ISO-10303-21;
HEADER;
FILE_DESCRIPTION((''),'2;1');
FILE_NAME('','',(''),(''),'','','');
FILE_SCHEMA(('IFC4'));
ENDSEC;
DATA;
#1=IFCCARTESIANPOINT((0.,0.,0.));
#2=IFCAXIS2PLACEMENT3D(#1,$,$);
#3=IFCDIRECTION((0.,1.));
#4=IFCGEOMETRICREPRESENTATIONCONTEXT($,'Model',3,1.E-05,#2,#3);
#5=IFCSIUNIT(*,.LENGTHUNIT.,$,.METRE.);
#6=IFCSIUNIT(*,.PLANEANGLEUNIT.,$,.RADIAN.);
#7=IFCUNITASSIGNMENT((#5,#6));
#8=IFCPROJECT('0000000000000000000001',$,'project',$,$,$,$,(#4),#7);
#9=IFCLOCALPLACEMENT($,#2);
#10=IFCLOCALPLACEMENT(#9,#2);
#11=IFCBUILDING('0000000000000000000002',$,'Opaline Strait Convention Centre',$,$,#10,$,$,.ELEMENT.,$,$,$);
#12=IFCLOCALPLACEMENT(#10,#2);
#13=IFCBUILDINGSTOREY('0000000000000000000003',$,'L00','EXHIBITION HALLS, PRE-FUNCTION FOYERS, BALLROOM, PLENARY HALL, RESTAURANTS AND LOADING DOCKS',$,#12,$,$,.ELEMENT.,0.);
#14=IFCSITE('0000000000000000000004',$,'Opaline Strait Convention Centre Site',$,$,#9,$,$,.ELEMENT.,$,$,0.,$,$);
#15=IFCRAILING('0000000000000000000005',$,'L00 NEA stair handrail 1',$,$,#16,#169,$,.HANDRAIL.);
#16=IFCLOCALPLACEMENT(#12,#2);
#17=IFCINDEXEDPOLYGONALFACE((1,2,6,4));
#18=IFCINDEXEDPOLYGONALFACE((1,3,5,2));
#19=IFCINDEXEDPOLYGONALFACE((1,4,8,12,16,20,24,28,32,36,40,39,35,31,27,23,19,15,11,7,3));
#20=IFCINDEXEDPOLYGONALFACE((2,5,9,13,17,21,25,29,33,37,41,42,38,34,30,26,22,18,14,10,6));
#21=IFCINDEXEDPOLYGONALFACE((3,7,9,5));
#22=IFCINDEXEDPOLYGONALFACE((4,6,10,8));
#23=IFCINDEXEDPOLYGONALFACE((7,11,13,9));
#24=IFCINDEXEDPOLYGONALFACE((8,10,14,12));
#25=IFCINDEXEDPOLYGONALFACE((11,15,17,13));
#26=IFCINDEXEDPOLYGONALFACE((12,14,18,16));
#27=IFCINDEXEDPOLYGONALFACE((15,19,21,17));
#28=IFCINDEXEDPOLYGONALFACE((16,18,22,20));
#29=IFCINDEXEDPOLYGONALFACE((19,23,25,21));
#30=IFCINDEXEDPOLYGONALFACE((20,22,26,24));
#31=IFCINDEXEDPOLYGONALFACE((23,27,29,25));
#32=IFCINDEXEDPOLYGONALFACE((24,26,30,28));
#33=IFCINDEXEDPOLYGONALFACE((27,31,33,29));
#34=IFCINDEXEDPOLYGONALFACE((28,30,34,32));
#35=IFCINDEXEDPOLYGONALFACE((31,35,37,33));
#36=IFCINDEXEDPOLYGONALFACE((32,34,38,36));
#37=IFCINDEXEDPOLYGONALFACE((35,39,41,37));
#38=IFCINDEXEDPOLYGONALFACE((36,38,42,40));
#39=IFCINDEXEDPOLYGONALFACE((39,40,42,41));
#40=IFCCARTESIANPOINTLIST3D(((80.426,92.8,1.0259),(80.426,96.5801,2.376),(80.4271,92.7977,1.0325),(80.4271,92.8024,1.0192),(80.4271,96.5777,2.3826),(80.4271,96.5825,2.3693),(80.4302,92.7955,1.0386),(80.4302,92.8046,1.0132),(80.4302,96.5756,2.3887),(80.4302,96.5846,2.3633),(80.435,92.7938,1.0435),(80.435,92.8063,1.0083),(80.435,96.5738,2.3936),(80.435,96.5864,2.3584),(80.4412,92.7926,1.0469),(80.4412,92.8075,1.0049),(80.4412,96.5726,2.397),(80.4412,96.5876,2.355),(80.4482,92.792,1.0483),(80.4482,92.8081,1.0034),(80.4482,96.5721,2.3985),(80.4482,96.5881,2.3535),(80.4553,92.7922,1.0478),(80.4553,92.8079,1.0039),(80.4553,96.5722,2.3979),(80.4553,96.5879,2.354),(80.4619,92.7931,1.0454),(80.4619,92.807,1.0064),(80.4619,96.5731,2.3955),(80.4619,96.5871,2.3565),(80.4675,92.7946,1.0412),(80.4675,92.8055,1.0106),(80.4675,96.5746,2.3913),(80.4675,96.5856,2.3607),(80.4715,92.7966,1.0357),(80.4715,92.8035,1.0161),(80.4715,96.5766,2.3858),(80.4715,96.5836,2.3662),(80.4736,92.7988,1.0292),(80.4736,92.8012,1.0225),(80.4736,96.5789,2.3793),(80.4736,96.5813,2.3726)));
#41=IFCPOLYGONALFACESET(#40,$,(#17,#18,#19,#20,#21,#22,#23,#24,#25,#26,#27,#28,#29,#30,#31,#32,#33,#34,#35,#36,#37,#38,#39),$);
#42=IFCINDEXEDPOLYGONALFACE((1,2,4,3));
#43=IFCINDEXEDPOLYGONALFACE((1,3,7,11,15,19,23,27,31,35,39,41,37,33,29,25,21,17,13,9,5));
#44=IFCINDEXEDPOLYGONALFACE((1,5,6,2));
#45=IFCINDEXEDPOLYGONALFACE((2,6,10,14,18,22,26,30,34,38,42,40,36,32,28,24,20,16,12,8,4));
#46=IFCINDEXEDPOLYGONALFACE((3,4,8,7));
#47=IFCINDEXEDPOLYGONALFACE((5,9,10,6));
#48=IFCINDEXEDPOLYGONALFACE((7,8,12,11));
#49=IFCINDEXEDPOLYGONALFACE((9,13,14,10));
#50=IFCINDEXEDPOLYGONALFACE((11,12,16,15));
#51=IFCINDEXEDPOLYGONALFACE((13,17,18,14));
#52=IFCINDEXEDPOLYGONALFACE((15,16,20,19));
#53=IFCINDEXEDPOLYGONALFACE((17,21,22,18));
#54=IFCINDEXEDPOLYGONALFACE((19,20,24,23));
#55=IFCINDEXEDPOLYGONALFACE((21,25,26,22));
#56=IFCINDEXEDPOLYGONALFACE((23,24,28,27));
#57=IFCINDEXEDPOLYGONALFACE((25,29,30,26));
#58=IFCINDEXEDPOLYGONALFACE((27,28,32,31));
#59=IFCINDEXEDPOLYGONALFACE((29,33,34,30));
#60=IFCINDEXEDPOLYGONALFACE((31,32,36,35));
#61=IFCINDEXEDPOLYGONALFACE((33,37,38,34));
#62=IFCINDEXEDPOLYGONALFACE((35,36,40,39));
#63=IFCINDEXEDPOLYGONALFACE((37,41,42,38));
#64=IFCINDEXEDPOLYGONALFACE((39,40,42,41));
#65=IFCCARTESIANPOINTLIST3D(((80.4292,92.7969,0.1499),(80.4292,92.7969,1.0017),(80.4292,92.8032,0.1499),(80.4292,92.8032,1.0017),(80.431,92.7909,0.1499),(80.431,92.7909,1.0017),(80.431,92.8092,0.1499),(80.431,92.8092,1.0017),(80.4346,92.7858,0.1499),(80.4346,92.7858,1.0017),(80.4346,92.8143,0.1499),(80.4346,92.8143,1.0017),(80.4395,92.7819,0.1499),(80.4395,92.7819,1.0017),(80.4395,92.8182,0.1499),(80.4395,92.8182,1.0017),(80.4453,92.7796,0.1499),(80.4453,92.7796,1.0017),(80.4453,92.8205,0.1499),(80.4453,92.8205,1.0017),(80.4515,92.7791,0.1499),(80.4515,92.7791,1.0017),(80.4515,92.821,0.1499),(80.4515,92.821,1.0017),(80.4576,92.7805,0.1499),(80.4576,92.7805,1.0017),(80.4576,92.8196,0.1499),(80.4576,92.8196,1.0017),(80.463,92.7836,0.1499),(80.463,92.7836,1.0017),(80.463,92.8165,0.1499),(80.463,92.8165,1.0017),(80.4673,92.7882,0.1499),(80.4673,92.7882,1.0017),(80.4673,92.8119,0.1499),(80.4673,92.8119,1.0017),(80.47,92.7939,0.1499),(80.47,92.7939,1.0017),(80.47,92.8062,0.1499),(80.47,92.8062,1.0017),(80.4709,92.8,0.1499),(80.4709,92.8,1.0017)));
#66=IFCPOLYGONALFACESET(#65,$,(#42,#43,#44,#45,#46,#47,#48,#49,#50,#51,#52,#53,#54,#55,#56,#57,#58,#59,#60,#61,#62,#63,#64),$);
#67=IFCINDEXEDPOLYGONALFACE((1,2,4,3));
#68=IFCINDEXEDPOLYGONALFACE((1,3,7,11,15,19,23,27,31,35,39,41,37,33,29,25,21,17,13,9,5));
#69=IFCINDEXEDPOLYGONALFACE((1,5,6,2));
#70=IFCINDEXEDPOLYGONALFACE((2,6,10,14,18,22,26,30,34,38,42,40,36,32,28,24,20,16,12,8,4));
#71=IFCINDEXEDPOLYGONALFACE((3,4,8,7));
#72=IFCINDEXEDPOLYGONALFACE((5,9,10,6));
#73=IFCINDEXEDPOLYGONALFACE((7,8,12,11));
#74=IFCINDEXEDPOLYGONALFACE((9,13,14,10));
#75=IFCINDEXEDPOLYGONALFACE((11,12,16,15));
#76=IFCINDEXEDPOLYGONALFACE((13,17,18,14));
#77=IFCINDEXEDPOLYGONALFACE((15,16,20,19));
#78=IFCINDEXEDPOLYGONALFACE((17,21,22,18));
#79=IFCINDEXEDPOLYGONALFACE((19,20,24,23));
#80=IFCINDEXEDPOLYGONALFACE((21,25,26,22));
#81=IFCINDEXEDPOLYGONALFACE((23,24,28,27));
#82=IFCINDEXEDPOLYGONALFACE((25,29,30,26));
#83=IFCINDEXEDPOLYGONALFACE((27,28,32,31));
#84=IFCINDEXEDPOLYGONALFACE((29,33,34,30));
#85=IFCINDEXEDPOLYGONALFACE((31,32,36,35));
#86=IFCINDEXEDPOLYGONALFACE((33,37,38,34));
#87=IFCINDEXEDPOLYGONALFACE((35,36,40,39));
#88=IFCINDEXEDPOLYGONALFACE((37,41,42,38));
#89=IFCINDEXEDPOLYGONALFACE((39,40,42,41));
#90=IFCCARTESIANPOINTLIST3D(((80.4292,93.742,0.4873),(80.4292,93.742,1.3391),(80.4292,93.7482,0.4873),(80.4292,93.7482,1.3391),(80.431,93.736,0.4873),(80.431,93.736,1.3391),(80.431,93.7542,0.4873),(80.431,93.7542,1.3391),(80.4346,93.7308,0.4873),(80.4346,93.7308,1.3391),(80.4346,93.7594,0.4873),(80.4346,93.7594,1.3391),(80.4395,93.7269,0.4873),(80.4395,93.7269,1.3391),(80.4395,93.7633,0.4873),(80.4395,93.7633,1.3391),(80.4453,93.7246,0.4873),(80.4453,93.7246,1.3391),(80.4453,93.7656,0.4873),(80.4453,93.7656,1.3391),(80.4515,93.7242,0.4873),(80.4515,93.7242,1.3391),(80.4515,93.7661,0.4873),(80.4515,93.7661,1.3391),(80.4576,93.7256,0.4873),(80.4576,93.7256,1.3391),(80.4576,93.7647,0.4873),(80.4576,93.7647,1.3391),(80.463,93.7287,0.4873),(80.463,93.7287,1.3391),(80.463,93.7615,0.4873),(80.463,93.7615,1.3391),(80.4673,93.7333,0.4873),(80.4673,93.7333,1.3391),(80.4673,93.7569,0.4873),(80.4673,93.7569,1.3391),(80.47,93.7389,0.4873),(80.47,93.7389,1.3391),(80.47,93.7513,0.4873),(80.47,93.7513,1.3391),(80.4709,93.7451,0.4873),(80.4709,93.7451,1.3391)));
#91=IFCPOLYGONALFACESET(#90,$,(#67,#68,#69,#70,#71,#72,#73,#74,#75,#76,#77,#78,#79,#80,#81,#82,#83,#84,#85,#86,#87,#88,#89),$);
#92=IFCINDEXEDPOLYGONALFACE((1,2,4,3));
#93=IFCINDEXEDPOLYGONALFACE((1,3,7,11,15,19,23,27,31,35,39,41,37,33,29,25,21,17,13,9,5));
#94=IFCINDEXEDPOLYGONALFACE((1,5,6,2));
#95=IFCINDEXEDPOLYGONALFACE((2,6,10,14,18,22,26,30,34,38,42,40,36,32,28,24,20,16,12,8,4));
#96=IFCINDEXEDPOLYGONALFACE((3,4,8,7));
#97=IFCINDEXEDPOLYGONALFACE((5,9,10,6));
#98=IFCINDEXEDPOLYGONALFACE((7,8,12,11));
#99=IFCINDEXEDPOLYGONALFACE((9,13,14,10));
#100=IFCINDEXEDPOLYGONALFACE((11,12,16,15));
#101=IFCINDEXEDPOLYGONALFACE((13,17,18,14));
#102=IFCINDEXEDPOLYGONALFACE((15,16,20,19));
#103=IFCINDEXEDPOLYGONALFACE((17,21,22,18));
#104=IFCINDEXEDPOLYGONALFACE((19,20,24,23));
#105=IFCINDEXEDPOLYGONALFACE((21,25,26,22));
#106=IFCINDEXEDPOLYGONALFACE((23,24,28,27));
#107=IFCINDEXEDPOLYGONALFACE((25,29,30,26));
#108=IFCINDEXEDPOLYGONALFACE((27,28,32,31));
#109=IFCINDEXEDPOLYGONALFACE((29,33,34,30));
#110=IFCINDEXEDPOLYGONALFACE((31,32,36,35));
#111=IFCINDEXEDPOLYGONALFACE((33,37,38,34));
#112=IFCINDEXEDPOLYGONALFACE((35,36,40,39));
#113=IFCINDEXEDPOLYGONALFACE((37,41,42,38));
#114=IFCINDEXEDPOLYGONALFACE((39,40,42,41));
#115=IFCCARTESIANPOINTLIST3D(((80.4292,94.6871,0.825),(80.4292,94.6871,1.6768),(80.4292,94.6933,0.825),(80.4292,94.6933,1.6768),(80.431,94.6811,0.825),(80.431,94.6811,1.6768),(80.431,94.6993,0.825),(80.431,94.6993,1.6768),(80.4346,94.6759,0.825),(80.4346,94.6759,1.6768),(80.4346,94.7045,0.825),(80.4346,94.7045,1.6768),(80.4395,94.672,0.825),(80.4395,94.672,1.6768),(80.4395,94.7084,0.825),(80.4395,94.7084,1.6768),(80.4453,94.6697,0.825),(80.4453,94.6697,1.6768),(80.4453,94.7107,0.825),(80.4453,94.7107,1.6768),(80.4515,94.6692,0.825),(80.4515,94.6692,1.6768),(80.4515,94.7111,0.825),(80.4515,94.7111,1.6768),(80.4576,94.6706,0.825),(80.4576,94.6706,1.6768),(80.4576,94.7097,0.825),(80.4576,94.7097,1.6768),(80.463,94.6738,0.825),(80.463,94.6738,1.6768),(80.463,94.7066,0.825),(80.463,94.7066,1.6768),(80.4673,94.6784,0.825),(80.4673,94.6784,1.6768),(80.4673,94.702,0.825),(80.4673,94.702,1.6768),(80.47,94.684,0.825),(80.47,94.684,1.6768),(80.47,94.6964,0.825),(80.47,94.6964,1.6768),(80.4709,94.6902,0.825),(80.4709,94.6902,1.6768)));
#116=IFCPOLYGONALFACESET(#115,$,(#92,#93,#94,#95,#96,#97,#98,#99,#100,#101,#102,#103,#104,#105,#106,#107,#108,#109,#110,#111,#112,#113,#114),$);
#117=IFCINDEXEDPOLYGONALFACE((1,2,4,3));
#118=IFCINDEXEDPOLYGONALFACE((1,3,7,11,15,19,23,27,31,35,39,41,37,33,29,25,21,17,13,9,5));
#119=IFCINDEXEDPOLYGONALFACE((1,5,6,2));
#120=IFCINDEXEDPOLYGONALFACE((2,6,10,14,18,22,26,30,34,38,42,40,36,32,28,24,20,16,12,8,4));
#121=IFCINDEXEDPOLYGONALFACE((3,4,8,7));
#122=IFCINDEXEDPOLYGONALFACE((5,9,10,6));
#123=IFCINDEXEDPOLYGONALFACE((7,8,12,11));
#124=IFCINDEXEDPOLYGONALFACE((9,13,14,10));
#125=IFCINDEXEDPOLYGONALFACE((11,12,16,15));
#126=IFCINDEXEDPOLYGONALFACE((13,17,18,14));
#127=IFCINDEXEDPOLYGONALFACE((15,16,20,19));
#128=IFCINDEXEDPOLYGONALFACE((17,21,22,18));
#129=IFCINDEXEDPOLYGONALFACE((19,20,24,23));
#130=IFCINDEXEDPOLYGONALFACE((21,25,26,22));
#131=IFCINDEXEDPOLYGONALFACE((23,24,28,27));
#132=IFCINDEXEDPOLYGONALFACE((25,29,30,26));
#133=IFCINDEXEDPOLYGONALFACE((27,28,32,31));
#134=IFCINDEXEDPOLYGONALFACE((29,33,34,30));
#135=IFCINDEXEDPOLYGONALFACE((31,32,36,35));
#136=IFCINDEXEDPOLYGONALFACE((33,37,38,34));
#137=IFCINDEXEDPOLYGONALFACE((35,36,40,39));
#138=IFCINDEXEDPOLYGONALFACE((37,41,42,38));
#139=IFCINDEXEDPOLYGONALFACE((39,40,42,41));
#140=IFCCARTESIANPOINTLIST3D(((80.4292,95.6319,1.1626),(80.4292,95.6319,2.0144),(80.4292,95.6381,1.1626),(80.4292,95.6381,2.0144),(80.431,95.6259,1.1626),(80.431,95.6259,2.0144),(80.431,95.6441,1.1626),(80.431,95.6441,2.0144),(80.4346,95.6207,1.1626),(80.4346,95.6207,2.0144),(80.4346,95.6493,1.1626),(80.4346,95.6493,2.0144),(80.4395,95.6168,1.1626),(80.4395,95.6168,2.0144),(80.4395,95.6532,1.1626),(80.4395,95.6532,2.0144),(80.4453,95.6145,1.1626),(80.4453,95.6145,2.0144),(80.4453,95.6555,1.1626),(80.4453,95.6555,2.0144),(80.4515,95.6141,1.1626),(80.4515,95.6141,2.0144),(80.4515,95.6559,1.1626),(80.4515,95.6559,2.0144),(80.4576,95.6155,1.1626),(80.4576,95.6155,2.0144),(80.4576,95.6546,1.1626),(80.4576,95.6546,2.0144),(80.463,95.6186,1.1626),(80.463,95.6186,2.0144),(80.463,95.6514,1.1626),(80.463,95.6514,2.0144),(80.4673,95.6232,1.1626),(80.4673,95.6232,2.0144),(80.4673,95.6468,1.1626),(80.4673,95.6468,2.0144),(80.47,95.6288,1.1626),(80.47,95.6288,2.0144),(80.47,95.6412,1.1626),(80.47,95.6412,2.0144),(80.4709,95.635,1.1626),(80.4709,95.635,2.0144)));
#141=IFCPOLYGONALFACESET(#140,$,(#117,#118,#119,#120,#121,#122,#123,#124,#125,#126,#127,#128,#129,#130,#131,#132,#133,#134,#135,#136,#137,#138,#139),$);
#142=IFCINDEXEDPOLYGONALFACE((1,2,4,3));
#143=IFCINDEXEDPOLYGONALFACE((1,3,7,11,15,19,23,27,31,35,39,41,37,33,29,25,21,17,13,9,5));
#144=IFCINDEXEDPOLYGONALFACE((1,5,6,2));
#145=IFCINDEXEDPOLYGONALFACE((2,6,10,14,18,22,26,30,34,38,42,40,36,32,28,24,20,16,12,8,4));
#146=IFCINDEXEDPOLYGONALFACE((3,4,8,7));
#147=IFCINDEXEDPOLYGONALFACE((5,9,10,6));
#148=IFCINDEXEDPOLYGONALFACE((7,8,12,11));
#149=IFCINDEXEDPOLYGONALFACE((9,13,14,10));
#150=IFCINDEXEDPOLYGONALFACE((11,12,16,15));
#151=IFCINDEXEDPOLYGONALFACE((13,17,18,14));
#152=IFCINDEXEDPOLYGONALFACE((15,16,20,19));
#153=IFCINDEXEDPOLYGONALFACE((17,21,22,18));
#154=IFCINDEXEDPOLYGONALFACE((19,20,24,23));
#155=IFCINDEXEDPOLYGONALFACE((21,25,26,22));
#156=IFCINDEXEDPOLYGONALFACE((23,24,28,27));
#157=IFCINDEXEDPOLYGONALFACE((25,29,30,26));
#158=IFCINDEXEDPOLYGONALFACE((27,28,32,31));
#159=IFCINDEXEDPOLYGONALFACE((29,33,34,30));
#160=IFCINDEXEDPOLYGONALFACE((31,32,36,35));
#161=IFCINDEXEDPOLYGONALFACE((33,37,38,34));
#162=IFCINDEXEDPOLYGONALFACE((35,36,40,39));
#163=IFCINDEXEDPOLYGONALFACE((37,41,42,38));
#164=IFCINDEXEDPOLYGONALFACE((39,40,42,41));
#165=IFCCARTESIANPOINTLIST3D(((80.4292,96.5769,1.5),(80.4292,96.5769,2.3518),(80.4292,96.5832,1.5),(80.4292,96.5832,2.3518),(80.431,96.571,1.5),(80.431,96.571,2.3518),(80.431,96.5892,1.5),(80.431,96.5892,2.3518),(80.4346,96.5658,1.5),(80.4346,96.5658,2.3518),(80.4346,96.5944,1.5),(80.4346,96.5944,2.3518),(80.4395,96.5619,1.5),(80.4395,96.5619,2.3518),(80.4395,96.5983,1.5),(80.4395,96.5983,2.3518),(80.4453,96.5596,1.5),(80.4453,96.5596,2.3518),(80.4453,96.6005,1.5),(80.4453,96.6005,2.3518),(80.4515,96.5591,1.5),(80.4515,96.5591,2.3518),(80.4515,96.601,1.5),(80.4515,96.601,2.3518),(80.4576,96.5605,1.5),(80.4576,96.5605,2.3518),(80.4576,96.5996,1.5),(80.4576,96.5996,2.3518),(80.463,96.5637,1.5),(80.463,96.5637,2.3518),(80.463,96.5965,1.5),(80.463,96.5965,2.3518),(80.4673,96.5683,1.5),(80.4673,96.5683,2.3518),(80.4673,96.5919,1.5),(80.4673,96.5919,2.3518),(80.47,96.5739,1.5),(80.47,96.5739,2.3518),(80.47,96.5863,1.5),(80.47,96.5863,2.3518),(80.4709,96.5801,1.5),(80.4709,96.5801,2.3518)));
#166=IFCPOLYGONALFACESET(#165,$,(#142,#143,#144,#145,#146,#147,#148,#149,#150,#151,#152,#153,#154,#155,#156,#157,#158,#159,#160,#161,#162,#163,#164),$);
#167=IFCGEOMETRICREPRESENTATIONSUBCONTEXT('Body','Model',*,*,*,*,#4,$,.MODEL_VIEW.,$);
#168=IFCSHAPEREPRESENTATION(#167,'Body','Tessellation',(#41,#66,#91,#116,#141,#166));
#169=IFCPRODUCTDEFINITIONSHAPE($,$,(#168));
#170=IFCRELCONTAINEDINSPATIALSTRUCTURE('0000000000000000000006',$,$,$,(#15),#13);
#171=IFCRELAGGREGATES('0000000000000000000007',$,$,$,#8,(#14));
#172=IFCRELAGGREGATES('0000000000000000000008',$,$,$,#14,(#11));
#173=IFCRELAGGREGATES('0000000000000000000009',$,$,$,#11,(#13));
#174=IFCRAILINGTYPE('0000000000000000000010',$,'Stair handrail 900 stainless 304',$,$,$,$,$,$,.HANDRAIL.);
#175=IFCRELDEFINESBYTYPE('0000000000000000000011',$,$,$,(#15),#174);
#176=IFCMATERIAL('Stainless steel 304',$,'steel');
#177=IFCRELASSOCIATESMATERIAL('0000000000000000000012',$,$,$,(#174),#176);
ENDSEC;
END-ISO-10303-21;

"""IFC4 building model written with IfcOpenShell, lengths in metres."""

from ifc_helpers import new_model, si_unit, direction, frame, origin, origin_2d, place, context, subcontext, project, spatial, circle, extrude, material, type_object, element, save


model = new_model("IFC4")

# Units and contexts
model_context = context("Model", 3, precision=1e-05, world=origin(), true_north=direction((0.0, 1.0)))
body_context = subcontext(model_context, "Body", "Model", "MODEL_VIEW")
ifc_project = project(units=[si_unit("LENGTHUNIT", "METRE"), si_unit("PLANEANGLEUNIT", "RADIAN")], contexts=[model_context])

# Site, building, storey
site_placement = place(None, origin())
site = spatial("IfcSite", under=ifc_project, at=site_placement, Name="Opaline Strait Convention Centre Site", CompositionType="ELEMENT", RefElevation=0.0)
building_placement = place(site_placement, origin())
building = spatial("IfcBuilding", under=site, at=building_placement, Name="Opaline Strait Convention Centre", CompositionType="ELEMENT")
storey_placement = place(building_placement, origin())
storey = spatial("IfcBuildingStorey", under=building, at=storey_placement, Name="L00", Description="EXHIBITION HALLS, PRE-FUNCTION FOYERS, BALLROOM, PLENARY HALL, RESTAURANTS AND LOADING DOCKS", CompositionType="ELEMENT", Elevation=0.0)

# Railing
ifc_material_1 = material(Name="Stainless steel 304", Category="steel")
railing_type_1 = type_object("IfcRailingType", Name="Stair handrail 900 stainless 304", PredefinedType="HANDRAIL", material=ifc_material_1)
railing_1_placement = place(storey_placement, frame((80.45, 92.8, 0.1499)))
element("IfcRailing", 1, at=railing_1_placement, inside=storey, type_object=railing_type_1, Name="L00 NEA stair handrail 1", PredefinedType="HANDRAIL", context=body_context, shape_type="SweptSolid", body=[
    extrude(circle(Radius=0.0239, at=origin_2d()), frame((0.0, 0.0, 0.876), z_axis=(0.0, 0.941735, 0.336356), x_axis=(-1.0, 0.0, 0.0)), (0.0, 0.0, 1.0), 4.0139),
    extrude(circle(Radius=0.021, at=origin_2d()), origin(), (0.0, 0.0, 1.0), 0.8518),
    extrude(circle(Radius=0.021, at=origin_2d()), frame((0.0, 0.9451, 0.3374)), (0.0, 0.0, 1.0), 0.8518),
    extrude(circle(Radius=0.021, at=origin_2d()), frame((0.0, 1.8901, 0.675)), (0.0, 0.0, 1.0), 0.8518),
    extrude(circle(Radius=0.021, at=origin_2d()), frame((0.0, 2.835, 1.0127)), (0.0, 0.0, 1.0), 0.8518),
    extrude(circle(Radius=0.021, at=origin_2d()), frame((0.0, 3.78, 1.3501)), (0.0, 0.0, 1.0), 0.8518),
])

save(model, "model.ifc")
